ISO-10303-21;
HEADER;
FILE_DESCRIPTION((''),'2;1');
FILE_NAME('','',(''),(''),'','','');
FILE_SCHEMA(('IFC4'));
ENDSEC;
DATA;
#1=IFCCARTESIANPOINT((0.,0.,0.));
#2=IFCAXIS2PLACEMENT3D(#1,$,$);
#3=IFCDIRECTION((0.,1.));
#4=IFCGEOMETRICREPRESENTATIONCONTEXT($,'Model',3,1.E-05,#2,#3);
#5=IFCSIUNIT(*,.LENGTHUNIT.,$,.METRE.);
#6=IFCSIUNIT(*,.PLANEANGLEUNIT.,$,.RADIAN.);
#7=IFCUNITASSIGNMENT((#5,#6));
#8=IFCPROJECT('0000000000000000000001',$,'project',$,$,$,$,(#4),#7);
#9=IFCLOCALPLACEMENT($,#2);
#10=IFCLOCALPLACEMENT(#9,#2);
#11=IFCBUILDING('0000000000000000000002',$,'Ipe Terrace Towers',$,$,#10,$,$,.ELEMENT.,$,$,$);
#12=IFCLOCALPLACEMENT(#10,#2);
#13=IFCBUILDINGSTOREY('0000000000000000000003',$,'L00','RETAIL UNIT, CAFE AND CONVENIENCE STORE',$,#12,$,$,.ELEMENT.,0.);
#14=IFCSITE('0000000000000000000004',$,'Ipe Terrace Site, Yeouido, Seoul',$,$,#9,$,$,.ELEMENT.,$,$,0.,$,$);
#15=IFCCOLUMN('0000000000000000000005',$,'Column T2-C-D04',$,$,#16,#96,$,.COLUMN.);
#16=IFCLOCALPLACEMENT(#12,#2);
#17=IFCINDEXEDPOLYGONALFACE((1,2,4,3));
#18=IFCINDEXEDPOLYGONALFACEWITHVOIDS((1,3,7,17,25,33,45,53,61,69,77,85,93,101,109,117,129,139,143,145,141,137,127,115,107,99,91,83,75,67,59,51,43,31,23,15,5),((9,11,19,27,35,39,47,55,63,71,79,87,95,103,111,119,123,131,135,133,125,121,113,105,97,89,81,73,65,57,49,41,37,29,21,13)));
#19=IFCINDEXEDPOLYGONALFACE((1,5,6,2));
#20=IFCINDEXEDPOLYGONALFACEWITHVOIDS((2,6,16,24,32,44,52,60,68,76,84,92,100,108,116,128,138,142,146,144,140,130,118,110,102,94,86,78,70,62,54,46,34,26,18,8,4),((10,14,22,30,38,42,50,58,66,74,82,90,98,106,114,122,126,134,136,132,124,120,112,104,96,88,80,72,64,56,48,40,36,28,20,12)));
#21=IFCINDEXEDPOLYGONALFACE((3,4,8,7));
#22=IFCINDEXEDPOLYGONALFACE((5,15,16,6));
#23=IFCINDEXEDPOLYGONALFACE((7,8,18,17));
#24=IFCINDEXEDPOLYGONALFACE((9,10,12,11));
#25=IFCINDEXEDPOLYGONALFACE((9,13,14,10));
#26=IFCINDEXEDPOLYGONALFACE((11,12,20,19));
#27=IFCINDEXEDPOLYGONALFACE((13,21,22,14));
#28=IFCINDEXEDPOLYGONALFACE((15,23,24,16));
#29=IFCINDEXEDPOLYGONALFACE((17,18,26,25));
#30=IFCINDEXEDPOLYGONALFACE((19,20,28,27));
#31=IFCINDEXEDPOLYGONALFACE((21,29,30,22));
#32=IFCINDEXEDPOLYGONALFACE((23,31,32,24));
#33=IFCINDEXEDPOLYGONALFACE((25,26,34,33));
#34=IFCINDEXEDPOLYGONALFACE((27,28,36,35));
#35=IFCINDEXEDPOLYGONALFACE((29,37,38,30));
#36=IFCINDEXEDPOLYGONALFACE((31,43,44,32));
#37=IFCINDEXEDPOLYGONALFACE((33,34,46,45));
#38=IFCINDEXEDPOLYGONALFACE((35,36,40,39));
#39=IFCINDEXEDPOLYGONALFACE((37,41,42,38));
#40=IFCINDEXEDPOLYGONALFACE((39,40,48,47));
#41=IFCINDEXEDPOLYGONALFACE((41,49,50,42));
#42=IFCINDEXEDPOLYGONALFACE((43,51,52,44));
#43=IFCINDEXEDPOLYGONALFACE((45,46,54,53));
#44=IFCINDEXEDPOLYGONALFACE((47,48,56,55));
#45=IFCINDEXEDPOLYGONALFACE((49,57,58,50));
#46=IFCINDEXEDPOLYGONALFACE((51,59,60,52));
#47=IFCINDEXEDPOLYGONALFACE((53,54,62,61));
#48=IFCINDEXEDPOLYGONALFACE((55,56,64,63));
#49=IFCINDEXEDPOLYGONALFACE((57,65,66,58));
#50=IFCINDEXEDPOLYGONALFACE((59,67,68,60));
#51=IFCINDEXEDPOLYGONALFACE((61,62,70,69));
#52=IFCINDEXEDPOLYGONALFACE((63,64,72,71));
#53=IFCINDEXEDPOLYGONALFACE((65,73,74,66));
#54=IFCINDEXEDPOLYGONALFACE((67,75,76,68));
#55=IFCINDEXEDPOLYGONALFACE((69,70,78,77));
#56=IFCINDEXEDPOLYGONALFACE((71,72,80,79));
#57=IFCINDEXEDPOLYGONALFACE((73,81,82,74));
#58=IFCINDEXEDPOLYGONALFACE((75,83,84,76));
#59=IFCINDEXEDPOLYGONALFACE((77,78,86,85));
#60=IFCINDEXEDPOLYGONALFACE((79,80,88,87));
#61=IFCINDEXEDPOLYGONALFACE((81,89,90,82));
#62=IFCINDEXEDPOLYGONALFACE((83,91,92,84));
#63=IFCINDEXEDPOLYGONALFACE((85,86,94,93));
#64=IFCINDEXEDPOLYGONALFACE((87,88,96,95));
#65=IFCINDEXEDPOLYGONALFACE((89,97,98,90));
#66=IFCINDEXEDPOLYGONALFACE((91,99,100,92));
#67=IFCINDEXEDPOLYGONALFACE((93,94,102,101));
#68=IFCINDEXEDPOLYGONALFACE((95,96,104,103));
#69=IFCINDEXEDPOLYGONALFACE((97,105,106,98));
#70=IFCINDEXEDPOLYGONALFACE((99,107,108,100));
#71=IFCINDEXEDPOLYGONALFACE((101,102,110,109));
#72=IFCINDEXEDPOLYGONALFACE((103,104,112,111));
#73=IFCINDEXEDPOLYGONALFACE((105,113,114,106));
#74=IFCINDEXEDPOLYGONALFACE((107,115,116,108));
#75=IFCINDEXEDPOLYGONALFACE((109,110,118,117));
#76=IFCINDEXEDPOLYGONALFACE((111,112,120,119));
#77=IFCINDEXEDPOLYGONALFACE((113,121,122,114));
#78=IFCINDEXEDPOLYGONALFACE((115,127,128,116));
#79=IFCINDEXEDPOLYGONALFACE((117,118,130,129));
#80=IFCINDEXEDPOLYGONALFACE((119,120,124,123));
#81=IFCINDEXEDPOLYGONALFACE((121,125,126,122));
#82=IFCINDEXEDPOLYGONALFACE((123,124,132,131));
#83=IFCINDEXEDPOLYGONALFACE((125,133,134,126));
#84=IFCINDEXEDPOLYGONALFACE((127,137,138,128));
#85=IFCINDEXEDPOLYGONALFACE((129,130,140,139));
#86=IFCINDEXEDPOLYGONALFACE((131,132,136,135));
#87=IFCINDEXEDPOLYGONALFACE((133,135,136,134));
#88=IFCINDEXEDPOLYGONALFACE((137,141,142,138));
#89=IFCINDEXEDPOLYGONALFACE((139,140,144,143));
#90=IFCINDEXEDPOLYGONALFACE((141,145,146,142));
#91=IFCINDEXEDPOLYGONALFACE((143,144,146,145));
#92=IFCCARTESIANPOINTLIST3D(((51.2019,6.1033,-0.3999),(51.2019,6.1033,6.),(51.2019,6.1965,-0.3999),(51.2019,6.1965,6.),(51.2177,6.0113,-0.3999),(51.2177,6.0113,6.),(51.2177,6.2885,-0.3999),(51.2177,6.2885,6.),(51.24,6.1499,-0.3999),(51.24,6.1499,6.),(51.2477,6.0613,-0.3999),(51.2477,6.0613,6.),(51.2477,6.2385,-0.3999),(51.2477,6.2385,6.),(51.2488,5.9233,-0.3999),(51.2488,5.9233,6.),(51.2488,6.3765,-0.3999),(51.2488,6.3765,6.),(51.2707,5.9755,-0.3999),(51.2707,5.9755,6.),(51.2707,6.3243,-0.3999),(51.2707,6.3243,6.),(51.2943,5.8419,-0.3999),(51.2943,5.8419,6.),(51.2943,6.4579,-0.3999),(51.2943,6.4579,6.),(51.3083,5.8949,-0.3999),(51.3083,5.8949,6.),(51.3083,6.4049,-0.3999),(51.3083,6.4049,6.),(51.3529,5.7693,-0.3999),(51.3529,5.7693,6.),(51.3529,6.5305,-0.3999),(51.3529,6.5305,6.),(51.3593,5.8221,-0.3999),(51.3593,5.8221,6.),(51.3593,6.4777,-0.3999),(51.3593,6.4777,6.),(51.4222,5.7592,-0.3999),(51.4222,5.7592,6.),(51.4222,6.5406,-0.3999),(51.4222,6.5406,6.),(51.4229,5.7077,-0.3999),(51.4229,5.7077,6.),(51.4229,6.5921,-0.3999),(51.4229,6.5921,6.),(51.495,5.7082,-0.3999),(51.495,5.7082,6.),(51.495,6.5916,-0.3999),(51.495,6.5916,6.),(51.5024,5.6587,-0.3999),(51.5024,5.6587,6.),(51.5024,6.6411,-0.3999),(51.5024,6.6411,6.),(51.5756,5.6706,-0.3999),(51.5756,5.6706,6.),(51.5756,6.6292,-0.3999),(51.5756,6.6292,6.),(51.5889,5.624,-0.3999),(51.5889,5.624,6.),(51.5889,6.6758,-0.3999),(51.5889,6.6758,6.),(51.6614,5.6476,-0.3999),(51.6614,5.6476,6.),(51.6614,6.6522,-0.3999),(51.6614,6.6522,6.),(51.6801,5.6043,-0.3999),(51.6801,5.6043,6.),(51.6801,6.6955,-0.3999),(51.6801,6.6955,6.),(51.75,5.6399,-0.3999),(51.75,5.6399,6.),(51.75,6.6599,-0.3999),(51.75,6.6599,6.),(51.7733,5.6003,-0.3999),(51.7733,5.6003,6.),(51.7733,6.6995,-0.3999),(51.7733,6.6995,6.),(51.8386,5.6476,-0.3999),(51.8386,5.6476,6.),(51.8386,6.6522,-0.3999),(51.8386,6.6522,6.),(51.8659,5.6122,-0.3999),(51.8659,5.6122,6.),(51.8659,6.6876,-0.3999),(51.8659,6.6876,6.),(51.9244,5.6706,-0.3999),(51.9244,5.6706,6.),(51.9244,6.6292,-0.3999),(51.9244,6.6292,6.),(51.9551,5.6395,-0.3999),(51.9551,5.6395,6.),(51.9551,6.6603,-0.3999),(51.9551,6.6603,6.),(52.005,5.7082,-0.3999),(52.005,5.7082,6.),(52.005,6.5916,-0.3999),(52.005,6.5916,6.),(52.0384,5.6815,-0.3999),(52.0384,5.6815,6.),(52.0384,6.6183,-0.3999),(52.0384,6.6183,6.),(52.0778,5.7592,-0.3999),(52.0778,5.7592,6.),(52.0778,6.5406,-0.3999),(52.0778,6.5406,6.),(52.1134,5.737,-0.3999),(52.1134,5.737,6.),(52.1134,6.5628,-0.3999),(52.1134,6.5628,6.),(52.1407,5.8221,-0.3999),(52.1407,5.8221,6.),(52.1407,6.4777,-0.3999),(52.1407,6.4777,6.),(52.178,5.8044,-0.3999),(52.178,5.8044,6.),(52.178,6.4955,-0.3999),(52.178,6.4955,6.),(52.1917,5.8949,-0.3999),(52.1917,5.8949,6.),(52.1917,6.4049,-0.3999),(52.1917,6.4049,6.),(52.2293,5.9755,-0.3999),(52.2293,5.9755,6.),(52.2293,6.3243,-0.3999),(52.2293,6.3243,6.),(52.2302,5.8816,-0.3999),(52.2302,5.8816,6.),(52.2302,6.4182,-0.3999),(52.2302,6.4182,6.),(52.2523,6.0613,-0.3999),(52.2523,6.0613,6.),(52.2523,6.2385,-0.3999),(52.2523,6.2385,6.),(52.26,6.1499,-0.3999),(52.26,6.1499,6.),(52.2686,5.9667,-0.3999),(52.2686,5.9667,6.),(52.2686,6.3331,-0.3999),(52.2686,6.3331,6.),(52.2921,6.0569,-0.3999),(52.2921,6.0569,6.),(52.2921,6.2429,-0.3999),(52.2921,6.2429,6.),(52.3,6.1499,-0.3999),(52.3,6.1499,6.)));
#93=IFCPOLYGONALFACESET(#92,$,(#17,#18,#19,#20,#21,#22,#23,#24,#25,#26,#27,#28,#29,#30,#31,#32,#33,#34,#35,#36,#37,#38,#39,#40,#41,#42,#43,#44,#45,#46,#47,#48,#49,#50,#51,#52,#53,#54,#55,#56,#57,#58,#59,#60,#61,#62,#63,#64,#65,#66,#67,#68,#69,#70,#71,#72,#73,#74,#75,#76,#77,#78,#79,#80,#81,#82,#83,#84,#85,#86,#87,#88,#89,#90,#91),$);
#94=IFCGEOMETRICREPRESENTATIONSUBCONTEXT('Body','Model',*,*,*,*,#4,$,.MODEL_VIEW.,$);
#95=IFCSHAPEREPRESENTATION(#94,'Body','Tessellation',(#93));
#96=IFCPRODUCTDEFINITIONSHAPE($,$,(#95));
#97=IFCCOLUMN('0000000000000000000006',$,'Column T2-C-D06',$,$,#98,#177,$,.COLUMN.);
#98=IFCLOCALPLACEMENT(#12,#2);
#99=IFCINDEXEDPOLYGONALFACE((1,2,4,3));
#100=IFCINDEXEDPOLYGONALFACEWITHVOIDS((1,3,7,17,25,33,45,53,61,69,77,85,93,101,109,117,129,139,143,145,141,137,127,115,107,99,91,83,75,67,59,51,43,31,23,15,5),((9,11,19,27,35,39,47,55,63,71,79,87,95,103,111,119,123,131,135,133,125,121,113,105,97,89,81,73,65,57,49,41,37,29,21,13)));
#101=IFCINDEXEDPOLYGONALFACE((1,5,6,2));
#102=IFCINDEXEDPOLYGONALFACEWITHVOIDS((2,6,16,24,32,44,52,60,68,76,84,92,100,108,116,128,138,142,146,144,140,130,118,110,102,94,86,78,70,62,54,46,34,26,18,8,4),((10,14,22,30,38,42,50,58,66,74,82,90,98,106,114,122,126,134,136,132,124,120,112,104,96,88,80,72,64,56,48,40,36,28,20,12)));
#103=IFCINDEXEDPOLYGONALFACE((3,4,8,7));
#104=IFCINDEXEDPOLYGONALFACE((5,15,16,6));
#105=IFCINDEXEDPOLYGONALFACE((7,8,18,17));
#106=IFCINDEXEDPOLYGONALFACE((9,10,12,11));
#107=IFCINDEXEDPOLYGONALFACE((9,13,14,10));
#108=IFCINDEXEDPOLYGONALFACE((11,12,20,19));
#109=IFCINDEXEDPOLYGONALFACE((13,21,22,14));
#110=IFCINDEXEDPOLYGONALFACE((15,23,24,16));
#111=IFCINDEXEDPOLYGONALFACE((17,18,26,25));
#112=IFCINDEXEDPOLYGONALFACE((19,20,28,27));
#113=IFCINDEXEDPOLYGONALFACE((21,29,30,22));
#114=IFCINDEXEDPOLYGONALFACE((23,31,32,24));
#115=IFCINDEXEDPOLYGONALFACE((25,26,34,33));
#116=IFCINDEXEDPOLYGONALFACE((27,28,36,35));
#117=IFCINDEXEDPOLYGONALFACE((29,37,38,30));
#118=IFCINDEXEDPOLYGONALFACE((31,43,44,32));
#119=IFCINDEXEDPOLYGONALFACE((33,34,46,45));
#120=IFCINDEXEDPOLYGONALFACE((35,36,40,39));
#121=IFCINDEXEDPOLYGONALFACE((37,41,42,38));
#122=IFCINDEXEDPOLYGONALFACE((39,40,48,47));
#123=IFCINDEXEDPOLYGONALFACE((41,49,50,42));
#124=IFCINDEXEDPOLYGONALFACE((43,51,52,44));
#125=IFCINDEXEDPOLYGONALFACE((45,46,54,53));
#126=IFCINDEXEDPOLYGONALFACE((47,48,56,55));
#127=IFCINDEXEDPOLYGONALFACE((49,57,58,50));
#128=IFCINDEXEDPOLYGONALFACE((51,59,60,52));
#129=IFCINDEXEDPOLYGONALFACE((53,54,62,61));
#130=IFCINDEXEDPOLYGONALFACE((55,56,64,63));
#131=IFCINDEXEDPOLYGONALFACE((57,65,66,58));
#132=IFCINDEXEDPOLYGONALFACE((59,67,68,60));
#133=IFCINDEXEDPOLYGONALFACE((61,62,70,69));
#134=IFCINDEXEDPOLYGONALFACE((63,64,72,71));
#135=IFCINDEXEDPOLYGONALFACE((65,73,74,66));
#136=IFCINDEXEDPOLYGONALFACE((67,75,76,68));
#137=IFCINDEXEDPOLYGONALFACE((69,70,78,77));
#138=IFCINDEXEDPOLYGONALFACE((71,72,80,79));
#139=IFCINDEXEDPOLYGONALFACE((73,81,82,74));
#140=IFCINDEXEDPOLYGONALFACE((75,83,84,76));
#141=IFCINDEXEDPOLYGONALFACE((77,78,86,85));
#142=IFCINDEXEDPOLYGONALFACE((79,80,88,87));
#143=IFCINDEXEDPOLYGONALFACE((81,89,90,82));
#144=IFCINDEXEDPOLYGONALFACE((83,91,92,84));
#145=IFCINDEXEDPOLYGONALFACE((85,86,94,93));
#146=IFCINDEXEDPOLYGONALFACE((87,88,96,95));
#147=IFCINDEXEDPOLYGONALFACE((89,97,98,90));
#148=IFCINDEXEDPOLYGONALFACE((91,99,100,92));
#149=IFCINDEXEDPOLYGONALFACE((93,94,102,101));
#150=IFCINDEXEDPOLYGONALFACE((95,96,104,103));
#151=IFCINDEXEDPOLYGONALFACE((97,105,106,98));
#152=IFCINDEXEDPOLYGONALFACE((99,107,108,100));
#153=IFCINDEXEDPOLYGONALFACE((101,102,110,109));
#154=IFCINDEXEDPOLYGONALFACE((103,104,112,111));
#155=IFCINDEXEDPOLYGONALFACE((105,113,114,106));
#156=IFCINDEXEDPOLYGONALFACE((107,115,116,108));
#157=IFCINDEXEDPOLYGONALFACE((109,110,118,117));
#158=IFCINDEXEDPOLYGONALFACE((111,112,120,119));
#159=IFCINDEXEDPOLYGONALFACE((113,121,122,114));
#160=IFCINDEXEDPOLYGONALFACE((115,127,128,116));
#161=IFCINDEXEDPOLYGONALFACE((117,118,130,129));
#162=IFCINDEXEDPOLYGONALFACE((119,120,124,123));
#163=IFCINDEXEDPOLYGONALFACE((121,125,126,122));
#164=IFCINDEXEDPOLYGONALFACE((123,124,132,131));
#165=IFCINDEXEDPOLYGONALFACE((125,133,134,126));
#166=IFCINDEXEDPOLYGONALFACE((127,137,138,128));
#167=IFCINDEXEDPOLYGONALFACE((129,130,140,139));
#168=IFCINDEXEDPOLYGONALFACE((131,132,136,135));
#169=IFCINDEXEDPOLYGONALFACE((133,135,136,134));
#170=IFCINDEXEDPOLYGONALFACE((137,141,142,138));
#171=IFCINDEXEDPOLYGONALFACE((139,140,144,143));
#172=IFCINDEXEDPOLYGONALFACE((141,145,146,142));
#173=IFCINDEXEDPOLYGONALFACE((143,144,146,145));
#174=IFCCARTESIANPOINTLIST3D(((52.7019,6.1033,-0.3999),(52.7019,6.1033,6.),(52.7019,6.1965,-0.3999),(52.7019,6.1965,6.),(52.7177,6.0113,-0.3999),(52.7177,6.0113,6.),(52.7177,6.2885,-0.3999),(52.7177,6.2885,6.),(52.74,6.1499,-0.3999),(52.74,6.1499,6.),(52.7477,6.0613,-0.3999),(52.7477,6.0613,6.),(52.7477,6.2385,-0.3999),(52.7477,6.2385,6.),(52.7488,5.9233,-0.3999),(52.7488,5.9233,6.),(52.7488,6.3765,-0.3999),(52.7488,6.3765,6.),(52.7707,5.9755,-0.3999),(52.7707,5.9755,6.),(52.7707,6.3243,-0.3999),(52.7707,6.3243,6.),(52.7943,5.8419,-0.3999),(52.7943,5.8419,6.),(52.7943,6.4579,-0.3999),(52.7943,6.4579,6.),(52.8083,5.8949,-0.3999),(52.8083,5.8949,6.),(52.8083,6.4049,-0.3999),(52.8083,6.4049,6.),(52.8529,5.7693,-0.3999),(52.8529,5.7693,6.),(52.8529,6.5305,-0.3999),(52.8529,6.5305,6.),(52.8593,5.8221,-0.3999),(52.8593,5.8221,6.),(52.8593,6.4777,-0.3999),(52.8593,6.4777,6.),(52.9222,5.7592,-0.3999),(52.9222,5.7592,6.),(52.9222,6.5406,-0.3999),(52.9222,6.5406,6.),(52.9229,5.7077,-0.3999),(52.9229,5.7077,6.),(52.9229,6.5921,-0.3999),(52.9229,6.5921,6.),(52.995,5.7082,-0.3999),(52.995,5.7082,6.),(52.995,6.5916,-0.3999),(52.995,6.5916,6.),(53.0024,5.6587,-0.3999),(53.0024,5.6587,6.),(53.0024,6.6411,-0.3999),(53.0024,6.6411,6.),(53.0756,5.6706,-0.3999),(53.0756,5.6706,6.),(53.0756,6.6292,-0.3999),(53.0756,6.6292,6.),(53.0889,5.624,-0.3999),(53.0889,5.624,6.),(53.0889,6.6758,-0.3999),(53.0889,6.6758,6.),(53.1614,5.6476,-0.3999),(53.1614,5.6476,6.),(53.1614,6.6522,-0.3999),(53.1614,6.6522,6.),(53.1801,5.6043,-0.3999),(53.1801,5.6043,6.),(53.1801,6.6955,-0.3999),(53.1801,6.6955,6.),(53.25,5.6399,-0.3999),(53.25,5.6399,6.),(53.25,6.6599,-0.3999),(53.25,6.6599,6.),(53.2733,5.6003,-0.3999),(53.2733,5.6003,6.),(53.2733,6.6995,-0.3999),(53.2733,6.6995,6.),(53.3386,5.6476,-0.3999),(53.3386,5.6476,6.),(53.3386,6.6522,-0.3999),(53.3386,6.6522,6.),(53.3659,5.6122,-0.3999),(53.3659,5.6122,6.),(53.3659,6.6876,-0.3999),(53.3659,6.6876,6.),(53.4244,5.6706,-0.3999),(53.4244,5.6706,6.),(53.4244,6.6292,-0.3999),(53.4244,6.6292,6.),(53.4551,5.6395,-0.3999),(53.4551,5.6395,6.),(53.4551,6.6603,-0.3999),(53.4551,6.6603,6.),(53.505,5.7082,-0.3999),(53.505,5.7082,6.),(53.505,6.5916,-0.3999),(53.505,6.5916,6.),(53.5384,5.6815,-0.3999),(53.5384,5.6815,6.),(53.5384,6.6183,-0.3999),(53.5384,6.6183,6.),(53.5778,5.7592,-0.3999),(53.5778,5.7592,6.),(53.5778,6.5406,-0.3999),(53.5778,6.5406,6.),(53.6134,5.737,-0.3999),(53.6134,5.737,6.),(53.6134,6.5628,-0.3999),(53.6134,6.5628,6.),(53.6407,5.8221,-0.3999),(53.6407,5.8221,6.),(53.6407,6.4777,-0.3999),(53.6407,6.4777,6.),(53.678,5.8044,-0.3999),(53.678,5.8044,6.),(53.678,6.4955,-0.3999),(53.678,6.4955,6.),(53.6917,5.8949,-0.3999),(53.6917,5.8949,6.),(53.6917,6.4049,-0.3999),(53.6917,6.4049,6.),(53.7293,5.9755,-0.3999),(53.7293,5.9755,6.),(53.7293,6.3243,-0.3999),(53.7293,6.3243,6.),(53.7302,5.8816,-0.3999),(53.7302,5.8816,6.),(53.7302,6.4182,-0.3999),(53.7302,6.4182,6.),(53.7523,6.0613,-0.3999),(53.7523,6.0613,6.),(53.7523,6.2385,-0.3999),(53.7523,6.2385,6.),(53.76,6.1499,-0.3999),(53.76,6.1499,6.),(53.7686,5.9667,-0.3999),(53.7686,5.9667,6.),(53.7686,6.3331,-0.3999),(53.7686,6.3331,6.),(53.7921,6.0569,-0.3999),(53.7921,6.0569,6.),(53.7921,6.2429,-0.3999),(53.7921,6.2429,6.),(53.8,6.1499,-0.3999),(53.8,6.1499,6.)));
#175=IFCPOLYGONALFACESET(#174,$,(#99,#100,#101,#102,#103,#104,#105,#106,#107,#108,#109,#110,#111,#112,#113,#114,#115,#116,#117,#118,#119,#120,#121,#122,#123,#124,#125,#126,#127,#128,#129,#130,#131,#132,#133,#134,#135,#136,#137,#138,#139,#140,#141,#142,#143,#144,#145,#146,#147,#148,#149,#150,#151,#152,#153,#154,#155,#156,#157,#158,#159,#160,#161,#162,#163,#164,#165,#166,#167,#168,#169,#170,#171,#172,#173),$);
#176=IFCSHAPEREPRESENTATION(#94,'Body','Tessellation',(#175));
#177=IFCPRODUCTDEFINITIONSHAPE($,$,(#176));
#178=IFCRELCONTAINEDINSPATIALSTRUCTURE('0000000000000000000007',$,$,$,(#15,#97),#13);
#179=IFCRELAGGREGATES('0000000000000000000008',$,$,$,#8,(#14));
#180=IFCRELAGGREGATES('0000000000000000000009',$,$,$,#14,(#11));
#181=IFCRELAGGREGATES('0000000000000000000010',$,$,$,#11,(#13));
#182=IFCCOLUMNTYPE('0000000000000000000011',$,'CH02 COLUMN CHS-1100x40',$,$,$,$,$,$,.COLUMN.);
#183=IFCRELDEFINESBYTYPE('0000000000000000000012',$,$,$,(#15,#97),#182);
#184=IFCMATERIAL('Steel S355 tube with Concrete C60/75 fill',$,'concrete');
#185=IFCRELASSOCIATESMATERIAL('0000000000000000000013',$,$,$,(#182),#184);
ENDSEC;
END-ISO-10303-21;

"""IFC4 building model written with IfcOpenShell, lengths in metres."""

from ifc_helpers import new_model, si_unit, direction, frame, origin, origin_2d, place, context, subcontext, project, spatial, hollow_circle, extrude, material, material_profile, profile_set, type_object, element, save


model = new_model("IFC4")

# Units and contexts
model_context = context("Model", 3, precision=1e-05, world=origin(), true_north=direction((0.0, 1.0)))
body_context = subcontext(model_context, "Body", "Model", "MODEL_VIEW")
ifc_project = project(units=[si_unit("LENGTHUNIT", "METRE"), si_unit("PLANEANGLEUNIT", "RADIAN")], contexts=[model_context])

# Site, building, storey
site_placement = place(None, origin())
site = spatial("IfcSite", under=ifc_project, at=site_placement, Name="Ipe Terrace Site, Yeouido, Seoul", CompositionType="ELEMENT", RefElevation=0.0)
building_placement = place(site_placement, origin())
building = spatial("IfcBuilding", under=site, at=building_placement, Name="Ipe Terrace Towers", CompositionType="ELEMENT")
storey_placement = place(building_placement, origin())
storey = spatial("IfcBuildingStorey", under=building, at=storey_placement, Name="L00", Description="RETAIL UNIT, CAFE AND CONVENIENCE STORE", CompositionType="ELEMENT", Elevation=0.0)

# Columns
ifc_material_1 = material(Name="Steel S355 tube with Concrete C60/75 fill", Category="concrete")
ifc_material_profile_1 = material_profile(ifc_material_1, hollow_circle(Radius=0.55, WallThickness=0.04, at=origin_2d()), Name="CHS-1100x40")
ifc_profile_set_1 = profile_set([ifc_material_profile_1], Name="Steel S355 tube with Concrete C60/75 fill")
column_type_1 = type_object("IfcColumnType", Name="CH02 COLUMN CHS-1100x40", PredefinedType="COLUMN", material=ifc_profile_set_1)
for number, where, z_axis, x_axis, name in (
    (1, (51.75, 6.1499, -0.3999), (0.0, 0.0, 1.0), (1.0, 0.0, 0.0), "Column T2-C-D04"),
    (2, (53.25, 6.1499, -0.3999), (0.0, 0.0, 1.0), (1.0, 0.0, 0.0), "Column T2-C-D06"),
):
    element("IfcColumn", number, at=place(storey_placement, frame(where, z_axis=z_axis, x_axis=x_axis)), inside=storey, type_object=column_type_1, Name=name, PredefinedType="COLUMN", context=body_context, shape_type="SweptSolid", body=[
        extrude(hollow_circle(Radius=0.55, WallThickness=0.04, at=origin_2d()), origin(), (0.0, 0.0, 1.0), 6.3999),
    ])

save(model, "model.ifc")
